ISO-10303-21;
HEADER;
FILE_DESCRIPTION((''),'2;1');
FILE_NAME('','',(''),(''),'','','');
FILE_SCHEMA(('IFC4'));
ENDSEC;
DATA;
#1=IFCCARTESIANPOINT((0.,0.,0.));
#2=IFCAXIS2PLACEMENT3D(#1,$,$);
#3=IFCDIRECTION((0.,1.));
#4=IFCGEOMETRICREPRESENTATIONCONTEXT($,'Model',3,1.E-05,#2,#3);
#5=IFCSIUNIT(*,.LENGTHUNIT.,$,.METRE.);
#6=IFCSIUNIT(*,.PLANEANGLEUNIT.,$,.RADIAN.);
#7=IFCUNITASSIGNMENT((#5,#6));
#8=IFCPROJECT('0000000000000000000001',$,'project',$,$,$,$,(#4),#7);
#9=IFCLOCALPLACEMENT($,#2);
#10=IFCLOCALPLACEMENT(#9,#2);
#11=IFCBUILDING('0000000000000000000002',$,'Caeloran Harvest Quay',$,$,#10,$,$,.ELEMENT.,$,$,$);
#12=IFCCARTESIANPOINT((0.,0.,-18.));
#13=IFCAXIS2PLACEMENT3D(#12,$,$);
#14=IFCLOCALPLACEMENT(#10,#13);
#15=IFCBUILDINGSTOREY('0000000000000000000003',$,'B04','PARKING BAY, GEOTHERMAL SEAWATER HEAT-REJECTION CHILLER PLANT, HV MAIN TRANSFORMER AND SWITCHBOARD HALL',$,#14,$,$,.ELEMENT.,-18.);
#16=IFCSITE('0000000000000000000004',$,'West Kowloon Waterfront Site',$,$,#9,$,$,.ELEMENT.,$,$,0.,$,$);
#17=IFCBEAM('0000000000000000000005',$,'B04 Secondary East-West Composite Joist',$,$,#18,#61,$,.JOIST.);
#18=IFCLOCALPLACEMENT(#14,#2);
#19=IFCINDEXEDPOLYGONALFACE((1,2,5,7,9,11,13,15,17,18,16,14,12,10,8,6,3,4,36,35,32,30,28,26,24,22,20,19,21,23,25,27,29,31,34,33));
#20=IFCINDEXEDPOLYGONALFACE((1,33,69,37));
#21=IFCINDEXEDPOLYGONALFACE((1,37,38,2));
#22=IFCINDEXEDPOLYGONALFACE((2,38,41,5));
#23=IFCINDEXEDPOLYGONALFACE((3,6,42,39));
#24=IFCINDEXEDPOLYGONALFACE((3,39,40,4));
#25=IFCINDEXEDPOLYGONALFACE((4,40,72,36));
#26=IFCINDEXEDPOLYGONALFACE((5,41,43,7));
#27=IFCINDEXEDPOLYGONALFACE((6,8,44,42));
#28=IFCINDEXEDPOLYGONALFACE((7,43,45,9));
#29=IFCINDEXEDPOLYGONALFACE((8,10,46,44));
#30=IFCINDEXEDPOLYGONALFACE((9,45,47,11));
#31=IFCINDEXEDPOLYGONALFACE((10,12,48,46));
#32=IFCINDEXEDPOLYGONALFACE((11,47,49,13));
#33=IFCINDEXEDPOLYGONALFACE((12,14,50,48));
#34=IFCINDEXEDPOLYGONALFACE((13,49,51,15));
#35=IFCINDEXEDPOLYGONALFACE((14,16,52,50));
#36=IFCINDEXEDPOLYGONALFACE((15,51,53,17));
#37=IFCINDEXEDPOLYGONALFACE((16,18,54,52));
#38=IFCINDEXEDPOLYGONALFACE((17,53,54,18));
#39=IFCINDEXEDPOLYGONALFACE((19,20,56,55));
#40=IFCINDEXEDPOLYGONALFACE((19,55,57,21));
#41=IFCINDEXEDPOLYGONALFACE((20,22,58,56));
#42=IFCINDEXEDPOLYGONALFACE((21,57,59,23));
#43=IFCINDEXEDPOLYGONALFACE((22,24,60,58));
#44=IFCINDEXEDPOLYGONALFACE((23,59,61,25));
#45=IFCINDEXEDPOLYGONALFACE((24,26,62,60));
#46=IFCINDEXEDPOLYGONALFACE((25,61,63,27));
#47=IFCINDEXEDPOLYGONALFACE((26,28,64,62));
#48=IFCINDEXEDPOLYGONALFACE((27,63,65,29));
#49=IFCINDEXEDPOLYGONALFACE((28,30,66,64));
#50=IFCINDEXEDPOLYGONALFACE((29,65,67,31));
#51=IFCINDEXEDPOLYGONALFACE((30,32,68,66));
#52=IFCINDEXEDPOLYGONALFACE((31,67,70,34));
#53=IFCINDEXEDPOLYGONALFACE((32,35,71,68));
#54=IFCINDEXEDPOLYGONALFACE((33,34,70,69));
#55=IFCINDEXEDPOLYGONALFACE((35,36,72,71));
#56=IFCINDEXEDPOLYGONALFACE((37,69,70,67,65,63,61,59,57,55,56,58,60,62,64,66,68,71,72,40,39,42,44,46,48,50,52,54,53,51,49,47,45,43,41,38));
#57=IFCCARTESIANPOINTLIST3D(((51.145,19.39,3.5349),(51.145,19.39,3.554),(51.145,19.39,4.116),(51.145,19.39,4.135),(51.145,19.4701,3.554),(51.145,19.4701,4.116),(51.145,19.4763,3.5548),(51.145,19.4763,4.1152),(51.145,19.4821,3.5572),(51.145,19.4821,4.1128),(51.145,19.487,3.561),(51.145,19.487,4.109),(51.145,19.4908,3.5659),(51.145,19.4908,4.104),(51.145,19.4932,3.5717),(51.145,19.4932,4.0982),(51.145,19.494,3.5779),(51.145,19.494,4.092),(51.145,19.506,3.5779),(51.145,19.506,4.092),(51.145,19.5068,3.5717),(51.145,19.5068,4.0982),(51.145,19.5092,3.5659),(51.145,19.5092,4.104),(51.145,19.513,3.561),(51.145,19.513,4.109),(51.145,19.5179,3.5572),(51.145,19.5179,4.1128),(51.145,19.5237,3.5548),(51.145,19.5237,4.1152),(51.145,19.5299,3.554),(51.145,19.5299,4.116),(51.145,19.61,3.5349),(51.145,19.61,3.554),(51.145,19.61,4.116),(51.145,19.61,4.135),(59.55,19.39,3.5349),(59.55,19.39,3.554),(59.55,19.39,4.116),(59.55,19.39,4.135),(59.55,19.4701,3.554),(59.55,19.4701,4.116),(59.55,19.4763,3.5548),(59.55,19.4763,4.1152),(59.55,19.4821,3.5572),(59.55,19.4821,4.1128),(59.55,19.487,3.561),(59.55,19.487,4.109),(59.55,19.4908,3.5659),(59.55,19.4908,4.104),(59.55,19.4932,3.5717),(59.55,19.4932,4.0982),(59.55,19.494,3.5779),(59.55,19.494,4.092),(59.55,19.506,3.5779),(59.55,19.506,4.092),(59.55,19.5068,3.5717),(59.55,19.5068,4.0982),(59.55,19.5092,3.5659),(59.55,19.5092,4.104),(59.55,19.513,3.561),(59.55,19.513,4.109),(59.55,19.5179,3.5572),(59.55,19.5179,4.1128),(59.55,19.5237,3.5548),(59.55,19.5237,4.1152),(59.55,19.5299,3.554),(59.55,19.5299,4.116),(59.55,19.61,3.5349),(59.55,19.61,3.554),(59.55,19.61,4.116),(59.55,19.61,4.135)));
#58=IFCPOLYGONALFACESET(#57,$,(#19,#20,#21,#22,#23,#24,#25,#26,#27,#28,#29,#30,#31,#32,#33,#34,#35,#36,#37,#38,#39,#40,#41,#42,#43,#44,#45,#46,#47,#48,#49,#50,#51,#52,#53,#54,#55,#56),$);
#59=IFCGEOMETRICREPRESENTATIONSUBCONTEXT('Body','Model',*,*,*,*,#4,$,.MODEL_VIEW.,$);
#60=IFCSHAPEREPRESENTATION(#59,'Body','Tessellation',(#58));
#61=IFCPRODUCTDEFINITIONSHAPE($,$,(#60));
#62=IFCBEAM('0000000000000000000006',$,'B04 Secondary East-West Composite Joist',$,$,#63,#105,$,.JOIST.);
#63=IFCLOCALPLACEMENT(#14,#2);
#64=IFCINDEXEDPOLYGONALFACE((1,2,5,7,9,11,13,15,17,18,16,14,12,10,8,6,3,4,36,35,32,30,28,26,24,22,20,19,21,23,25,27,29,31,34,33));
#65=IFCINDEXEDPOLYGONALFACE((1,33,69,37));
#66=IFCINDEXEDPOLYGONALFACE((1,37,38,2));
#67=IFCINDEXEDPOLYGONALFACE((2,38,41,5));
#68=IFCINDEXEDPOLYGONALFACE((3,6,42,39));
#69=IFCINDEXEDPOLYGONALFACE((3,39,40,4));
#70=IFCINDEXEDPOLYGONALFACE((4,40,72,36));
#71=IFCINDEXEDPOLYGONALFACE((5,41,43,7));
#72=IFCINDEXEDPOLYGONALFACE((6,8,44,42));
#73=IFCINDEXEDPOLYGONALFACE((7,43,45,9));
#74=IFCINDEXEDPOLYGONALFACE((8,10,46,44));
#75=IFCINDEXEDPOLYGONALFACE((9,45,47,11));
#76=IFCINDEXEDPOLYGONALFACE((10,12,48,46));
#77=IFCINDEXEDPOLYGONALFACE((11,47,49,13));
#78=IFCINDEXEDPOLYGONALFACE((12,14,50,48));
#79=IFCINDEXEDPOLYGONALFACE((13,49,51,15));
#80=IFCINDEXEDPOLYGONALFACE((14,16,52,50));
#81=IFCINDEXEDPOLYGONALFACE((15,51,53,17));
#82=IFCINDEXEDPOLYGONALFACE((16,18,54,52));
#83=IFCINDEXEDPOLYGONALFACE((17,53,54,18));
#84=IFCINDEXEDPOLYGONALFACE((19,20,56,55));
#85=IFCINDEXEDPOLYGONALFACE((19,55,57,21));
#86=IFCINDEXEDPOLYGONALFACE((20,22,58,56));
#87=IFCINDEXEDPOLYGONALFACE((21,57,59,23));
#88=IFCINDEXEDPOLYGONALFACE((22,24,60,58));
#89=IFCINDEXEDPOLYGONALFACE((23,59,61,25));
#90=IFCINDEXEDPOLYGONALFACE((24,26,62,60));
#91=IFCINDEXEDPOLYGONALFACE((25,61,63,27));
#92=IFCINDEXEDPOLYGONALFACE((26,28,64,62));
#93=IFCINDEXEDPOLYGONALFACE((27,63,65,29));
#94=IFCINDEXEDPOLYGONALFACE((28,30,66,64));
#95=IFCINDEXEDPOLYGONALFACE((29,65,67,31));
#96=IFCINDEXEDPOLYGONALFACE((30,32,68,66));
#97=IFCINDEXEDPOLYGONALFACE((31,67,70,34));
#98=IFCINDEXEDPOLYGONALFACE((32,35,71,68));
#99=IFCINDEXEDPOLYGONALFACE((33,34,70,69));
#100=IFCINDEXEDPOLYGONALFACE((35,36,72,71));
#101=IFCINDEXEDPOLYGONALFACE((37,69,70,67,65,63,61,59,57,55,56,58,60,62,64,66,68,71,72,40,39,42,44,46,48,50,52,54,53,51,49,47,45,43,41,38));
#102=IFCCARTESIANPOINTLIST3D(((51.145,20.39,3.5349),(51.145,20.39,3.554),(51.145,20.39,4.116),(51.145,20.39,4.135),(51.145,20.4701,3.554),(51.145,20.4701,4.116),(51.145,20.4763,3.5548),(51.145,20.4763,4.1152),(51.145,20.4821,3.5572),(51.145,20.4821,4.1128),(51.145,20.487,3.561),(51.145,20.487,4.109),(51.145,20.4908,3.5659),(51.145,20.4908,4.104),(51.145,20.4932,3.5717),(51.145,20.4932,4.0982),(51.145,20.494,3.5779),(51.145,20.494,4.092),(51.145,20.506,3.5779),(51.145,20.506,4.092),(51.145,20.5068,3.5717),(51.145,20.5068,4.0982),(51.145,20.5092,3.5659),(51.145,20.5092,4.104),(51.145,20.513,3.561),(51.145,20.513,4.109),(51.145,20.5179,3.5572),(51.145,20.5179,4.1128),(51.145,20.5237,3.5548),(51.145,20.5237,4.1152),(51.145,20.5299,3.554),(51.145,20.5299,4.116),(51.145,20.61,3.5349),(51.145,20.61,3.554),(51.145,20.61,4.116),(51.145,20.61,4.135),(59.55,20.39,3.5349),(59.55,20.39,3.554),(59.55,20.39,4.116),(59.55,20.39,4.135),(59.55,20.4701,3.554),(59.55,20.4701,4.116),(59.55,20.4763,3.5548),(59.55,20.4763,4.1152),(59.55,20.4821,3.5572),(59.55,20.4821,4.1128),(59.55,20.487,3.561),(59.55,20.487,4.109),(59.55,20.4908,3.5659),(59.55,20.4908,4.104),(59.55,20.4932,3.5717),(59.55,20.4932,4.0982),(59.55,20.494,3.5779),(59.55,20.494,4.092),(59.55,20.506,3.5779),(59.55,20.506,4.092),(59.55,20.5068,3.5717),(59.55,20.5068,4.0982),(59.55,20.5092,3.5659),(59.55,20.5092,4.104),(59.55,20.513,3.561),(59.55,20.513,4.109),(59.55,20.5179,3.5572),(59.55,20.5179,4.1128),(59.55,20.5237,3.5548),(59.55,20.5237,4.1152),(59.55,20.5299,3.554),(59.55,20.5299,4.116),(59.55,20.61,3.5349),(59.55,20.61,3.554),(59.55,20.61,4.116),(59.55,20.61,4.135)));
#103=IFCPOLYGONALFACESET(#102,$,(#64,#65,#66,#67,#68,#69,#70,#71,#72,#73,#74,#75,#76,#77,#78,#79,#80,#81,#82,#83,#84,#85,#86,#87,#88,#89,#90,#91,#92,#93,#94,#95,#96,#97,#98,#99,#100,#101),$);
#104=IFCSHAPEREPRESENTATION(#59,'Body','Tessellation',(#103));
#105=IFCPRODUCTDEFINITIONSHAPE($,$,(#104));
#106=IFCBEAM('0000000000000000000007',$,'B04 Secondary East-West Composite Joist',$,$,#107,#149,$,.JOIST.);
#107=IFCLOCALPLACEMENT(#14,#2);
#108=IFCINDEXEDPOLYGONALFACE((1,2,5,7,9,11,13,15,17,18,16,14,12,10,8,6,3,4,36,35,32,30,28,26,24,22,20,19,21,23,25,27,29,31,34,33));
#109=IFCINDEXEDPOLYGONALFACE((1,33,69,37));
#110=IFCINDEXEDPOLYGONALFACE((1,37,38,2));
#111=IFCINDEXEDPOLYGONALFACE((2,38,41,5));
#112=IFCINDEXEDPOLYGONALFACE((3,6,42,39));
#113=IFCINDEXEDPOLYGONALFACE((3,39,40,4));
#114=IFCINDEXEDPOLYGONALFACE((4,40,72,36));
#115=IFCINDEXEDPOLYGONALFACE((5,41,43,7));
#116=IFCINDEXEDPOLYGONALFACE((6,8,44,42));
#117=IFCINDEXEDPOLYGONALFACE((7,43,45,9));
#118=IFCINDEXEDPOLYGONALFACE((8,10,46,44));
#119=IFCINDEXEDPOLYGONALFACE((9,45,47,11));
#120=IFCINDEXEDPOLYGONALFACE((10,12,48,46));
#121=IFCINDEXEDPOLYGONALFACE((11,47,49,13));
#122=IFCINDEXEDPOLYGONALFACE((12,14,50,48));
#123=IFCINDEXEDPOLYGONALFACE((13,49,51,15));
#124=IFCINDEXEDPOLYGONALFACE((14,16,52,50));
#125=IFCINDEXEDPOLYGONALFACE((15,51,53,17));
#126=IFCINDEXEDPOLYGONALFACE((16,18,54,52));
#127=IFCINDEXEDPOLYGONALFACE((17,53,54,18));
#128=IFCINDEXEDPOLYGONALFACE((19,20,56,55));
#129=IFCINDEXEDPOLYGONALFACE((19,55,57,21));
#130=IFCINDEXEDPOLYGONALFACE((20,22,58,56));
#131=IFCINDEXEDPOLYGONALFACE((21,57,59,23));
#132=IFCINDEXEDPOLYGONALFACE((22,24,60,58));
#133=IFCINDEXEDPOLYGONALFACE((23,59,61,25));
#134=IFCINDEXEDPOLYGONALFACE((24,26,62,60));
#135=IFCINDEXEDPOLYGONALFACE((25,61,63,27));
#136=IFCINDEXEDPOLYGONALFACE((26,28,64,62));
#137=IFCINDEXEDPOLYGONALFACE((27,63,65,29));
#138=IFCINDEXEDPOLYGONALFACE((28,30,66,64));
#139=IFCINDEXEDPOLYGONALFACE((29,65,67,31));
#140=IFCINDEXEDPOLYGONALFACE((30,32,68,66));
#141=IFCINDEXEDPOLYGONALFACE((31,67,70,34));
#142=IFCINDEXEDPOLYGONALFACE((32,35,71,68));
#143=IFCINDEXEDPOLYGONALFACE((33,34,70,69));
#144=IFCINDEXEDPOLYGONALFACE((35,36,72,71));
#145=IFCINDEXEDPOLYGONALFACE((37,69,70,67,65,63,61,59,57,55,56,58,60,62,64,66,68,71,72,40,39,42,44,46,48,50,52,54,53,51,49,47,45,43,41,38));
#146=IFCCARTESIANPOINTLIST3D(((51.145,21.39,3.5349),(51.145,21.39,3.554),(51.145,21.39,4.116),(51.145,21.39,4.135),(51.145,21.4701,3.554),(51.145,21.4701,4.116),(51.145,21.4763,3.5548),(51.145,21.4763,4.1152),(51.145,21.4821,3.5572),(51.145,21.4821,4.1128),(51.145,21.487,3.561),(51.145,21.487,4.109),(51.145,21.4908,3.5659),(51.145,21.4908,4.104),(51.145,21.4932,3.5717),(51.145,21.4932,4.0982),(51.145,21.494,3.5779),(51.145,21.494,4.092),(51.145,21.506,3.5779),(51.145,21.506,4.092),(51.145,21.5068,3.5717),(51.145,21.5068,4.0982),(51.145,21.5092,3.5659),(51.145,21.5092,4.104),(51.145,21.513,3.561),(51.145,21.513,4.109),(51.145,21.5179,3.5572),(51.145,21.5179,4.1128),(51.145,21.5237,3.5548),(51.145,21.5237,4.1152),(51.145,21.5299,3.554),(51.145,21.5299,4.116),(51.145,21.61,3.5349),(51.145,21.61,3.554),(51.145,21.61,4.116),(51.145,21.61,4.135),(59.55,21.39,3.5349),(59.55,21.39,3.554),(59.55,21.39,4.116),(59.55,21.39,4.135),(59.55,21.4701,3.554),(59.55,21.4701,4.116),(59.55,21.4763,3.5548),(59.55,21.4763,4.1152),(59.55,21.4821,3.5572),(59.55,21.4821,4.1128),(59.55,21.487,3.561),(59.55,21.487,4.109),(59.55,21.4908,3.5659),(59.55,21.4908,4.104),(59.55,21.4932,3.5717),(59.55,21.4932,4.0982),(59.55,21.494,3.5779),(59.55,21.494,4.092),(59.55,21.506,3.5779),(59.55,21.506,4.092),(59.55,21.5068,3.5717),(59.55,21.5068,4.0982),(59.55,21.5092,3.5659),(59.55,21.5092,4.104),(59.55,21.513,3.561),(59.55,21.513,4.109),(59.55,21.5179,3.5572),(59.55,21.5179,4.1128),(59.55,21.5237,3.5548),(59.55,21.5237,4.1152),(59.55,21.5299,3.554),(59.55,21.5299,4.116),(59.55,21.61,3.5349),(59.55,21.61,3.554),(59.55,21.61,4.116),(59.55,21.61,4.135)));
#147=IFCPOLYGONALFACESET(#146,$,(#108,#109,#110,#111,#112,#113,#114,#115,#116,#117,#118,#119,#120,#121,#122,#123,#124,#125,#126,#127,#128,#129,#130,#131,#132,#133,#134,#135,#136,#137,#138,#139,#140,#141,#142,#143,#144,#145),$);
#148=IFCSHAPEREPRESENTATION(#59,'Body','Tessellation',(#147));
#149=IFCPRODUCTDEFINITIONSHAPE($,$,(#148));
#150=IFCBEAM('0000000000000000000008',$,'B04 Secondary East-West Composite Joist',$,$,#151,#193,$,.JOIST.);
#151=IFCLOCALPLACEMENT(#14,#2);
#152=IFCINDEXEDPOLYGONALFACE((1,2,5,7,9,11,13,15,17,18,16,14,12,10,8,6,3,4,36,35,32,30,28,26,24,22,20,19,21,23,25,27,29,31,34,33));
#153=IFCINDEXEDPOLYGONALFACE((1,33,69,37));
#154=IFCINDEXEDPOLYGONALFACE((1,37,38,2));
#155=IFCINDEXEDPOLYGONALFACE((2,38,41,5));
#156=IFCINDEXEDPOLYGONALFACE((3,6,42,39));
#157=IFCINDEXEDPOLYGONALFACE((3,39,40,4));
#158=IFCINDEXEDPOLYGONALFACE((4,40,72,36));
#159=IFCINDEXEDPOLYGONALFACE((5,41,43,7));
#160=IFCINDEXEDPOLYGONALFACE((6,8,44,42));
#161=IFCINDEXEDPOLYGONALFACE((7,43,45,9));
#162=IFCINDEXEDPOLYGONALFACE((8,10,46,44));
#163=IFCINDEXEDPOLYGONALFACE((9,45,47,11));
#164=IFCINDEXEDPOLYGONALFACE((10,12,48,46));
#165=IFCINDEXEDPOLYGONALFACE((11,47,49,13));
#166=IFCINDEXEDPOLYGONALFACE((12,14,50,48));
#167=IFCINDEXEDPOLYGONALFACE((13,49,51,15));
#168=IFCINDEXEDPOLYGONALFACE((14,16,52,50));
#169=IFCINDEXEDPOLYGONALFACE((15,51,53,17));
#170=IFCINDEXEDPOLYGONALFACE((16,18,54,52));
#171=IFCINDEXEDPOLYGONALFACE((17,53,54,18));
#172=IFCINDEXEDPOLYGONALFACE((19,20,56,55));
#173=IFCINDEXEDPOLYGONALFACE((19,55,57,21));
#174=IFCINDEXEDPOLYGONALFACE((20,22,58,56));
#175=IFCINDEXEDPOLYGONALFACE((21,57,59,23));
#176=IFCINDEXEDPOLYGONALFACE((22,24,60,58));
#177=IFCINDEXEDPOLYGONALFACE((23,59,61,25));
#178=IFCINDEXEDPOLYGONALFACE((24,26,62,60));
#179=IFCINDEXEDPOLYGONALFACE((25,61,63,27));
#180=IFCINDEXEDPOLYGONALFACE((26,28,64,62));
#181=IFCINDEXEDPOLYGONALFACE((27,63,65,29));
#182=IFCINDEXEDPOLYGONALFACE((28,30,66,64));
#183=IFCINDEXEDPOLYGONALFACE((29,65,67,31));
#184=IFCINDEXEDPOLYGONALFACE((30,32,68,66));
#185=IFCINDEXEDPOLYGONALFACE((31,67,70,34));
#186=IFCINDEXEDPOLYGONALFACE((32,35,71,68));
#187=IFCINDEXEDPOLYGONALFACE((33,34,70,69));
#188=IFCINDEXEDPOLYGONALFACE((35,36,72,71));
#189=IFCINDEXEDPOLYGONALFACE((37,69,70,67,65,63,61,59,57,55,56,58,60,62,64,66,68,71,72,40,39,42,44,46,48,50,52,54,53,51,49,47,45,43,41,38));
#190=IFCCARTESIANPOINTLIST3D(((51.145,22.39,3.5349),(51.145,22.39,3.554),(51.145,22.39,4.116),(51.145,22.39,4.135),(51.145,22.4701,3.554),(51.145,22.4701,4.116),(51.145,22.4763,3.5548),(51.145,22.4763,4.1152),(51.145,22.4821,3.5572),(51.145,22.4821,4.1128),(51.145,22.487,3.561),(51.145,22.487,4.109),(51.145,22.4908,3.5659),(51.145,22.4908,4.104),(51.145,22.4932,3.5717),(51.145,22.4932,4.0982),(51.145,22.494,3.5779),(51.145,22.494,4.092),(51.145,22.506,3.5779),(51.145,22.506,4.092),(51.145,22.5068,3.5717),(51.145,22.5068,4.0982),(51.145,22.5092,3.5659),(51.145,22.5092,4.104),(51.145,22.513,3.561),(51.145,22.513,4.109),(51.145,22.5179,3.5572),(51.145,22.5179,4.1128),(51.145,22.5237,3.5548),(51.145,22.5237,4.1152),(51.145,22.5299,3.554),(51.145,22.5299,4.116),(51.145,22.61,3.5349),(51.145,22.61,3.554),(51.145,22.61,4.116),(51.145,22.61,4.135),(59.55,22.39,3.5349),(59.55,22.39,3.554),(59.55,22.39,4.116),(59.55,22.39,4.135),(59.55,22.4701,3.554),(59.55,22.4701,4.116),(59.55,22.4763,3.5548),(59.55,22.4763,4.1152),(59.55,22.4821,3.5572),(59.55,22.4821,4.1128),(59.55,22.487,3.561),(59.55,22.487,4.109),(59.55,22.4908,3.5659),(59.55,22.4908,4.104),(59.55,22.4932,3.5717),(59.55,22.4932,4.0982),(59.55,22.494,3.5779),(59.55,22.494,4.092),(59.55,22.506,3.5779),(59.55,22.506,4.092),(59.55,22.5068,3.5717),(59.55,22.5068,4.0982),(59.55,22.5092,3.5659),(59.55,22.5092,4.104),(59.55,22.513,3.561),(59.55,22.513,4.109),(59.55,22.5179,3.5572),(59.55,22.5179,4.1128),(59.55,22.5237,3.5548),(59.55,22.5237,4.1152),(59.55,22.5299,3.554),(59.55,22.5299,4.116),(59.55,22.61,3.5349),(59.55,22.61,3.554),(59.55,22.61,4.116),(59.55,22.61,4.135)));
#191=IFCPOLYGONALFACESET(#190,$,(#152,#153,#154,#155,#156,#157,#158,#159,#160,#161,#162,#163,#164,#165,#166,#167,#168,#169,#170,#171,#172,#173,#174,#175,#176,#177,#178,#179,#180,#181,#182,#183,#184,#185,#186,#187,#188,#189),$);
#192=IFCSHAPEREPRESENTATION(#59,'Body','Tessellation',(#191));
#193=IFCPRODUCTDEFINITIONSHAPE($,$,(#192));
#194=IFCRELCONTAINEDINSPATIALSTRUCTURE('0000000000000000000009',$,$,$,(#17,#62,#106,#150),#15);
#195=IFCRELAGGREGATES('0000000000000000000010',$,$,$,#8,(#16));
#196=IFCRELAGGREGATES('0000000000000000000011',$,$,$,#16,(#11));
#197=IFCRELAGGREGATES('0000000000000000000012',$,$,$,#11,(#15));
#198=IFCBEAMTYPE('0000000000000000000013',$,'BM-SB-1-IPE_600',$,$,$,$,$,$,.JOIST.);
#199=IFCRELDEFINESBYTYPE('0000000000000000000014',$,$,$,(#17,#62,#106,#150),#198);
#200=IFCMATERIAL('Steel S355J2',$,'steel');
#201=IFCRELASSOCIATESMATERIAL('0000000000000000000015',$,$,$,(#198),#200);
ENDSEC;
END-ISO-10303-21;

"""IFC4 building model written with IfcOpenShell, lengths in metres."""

from ifc_helpers import new_model, si_unit, direction, frame, origin, origin_2d, place, context, subcontext, project, spatial, i_section, extrude, material, material_profile, profile_set, type_object, element, save


model = new_model("IFC4")

# Units and contexts
model_context = context("Model", 3, precision=1e-05, world=origin(), true_north=direction((0.0, 1.0)))
body_context = subcontext(model_context, "Body", "Model", "MODEL_VIEW")
ifc_project = project(units=[si_unit("LENGTHUNIT", "METRE"), si_unit("PLANEANGLEUNIT", "RADIAN")], contexts=[model_context])

# Site, building, storey
site_placement = place(None, origin())
site = spatial("IfcSite", under=ifc_project, at=site_placement, Name="West Kowloon Waterfront Site", CompositionType="ELEMENT", RefElevation=0.0)
building_placement = place(site_placement, origin())
building = spatial("IfcBuilding", under=site, at=building_placement, Name="Caeloran Harvest Quay", CompositionType="ELEMENT")
storey_placement = place(building_placement, frame((0.0, 0.0, -18.0)))
storey = spatial("IfcBuildingStorey", under=building, at=storey_placement, Name="B04", Description="PARKING BAY, GEOTHERMAL SEAWATER HEAT-REJECTION CHILLER PLANT, HV MAIN TRANSFORMER AND SWITCHBOARD HALL", CompositionType="ELEMENT", Elevation=-18.0)

# Beams
ifc_material_1 = material(Name="Steel S355J2", Category="steel")
ifc_material_profile_1 = material_profile(ifc_material_1, i_section(OverallWidth=0.22, OverallDepth=0.6001, WebThickness=0.012, FlangeThickness=0.019, FilletRadius=0.0239, at=origin_2d()), Name="IPE 600")
ifc_profile_set_1 = profile_set([ifc_material_profile_1], Name="Steel S355J2")
beam_type_1 = type_object("IfcBeamType", Name="BM-SB-1-IPE_600", PredefinedType="JOIST", material=ifc_profile_set_1)
for number, where, z_axis, x_axis, name in (
    (1, (51.145, 19.5, 3.835), (1.0, 0.0, 0.0), (0.0, 1.0, 0.0), "B04 Secondary East-West Composite Joist"),
    (2, (51.145, 20.5, 3.835), (1.0, 0.0, 0.0), (0.0, 1.0, 0.0), "B04 Secondary East-West Composite Joist"),
    (3, (51.145, 21.5, 3.835), (1.0, 0.0, 0.0), (0.0, 1.0, 0.0), "B04 Secondary East-West Composite Joist"),
    (4, (51.145, 22.5, 3.835), (1.0, 0.0, 0.0), (0.0, 1.0, 0.0), "B04 Secondary East-West Composite Joist"),
):
    element("IfcBeam", number, at=place(storey_placement, frame(where, z_axis=z_axis, x_axis=x_axis)), inside=storey, type_object=beam_type_1, Name=name, PredefinedType="JOIST", context=body_context, shape_type="SweptSolid", body=[
        extrude(i_section(OverallWidth=0.22, OverallDepth=0.6001, WebThickness=0.012, FlangeThickness=0.019, FilletRadius=0.0239, at=origin_2d()), origin(), (0.0, 0.0, 1.0), 8.405),
    ])

save(model, "model.ifc")
